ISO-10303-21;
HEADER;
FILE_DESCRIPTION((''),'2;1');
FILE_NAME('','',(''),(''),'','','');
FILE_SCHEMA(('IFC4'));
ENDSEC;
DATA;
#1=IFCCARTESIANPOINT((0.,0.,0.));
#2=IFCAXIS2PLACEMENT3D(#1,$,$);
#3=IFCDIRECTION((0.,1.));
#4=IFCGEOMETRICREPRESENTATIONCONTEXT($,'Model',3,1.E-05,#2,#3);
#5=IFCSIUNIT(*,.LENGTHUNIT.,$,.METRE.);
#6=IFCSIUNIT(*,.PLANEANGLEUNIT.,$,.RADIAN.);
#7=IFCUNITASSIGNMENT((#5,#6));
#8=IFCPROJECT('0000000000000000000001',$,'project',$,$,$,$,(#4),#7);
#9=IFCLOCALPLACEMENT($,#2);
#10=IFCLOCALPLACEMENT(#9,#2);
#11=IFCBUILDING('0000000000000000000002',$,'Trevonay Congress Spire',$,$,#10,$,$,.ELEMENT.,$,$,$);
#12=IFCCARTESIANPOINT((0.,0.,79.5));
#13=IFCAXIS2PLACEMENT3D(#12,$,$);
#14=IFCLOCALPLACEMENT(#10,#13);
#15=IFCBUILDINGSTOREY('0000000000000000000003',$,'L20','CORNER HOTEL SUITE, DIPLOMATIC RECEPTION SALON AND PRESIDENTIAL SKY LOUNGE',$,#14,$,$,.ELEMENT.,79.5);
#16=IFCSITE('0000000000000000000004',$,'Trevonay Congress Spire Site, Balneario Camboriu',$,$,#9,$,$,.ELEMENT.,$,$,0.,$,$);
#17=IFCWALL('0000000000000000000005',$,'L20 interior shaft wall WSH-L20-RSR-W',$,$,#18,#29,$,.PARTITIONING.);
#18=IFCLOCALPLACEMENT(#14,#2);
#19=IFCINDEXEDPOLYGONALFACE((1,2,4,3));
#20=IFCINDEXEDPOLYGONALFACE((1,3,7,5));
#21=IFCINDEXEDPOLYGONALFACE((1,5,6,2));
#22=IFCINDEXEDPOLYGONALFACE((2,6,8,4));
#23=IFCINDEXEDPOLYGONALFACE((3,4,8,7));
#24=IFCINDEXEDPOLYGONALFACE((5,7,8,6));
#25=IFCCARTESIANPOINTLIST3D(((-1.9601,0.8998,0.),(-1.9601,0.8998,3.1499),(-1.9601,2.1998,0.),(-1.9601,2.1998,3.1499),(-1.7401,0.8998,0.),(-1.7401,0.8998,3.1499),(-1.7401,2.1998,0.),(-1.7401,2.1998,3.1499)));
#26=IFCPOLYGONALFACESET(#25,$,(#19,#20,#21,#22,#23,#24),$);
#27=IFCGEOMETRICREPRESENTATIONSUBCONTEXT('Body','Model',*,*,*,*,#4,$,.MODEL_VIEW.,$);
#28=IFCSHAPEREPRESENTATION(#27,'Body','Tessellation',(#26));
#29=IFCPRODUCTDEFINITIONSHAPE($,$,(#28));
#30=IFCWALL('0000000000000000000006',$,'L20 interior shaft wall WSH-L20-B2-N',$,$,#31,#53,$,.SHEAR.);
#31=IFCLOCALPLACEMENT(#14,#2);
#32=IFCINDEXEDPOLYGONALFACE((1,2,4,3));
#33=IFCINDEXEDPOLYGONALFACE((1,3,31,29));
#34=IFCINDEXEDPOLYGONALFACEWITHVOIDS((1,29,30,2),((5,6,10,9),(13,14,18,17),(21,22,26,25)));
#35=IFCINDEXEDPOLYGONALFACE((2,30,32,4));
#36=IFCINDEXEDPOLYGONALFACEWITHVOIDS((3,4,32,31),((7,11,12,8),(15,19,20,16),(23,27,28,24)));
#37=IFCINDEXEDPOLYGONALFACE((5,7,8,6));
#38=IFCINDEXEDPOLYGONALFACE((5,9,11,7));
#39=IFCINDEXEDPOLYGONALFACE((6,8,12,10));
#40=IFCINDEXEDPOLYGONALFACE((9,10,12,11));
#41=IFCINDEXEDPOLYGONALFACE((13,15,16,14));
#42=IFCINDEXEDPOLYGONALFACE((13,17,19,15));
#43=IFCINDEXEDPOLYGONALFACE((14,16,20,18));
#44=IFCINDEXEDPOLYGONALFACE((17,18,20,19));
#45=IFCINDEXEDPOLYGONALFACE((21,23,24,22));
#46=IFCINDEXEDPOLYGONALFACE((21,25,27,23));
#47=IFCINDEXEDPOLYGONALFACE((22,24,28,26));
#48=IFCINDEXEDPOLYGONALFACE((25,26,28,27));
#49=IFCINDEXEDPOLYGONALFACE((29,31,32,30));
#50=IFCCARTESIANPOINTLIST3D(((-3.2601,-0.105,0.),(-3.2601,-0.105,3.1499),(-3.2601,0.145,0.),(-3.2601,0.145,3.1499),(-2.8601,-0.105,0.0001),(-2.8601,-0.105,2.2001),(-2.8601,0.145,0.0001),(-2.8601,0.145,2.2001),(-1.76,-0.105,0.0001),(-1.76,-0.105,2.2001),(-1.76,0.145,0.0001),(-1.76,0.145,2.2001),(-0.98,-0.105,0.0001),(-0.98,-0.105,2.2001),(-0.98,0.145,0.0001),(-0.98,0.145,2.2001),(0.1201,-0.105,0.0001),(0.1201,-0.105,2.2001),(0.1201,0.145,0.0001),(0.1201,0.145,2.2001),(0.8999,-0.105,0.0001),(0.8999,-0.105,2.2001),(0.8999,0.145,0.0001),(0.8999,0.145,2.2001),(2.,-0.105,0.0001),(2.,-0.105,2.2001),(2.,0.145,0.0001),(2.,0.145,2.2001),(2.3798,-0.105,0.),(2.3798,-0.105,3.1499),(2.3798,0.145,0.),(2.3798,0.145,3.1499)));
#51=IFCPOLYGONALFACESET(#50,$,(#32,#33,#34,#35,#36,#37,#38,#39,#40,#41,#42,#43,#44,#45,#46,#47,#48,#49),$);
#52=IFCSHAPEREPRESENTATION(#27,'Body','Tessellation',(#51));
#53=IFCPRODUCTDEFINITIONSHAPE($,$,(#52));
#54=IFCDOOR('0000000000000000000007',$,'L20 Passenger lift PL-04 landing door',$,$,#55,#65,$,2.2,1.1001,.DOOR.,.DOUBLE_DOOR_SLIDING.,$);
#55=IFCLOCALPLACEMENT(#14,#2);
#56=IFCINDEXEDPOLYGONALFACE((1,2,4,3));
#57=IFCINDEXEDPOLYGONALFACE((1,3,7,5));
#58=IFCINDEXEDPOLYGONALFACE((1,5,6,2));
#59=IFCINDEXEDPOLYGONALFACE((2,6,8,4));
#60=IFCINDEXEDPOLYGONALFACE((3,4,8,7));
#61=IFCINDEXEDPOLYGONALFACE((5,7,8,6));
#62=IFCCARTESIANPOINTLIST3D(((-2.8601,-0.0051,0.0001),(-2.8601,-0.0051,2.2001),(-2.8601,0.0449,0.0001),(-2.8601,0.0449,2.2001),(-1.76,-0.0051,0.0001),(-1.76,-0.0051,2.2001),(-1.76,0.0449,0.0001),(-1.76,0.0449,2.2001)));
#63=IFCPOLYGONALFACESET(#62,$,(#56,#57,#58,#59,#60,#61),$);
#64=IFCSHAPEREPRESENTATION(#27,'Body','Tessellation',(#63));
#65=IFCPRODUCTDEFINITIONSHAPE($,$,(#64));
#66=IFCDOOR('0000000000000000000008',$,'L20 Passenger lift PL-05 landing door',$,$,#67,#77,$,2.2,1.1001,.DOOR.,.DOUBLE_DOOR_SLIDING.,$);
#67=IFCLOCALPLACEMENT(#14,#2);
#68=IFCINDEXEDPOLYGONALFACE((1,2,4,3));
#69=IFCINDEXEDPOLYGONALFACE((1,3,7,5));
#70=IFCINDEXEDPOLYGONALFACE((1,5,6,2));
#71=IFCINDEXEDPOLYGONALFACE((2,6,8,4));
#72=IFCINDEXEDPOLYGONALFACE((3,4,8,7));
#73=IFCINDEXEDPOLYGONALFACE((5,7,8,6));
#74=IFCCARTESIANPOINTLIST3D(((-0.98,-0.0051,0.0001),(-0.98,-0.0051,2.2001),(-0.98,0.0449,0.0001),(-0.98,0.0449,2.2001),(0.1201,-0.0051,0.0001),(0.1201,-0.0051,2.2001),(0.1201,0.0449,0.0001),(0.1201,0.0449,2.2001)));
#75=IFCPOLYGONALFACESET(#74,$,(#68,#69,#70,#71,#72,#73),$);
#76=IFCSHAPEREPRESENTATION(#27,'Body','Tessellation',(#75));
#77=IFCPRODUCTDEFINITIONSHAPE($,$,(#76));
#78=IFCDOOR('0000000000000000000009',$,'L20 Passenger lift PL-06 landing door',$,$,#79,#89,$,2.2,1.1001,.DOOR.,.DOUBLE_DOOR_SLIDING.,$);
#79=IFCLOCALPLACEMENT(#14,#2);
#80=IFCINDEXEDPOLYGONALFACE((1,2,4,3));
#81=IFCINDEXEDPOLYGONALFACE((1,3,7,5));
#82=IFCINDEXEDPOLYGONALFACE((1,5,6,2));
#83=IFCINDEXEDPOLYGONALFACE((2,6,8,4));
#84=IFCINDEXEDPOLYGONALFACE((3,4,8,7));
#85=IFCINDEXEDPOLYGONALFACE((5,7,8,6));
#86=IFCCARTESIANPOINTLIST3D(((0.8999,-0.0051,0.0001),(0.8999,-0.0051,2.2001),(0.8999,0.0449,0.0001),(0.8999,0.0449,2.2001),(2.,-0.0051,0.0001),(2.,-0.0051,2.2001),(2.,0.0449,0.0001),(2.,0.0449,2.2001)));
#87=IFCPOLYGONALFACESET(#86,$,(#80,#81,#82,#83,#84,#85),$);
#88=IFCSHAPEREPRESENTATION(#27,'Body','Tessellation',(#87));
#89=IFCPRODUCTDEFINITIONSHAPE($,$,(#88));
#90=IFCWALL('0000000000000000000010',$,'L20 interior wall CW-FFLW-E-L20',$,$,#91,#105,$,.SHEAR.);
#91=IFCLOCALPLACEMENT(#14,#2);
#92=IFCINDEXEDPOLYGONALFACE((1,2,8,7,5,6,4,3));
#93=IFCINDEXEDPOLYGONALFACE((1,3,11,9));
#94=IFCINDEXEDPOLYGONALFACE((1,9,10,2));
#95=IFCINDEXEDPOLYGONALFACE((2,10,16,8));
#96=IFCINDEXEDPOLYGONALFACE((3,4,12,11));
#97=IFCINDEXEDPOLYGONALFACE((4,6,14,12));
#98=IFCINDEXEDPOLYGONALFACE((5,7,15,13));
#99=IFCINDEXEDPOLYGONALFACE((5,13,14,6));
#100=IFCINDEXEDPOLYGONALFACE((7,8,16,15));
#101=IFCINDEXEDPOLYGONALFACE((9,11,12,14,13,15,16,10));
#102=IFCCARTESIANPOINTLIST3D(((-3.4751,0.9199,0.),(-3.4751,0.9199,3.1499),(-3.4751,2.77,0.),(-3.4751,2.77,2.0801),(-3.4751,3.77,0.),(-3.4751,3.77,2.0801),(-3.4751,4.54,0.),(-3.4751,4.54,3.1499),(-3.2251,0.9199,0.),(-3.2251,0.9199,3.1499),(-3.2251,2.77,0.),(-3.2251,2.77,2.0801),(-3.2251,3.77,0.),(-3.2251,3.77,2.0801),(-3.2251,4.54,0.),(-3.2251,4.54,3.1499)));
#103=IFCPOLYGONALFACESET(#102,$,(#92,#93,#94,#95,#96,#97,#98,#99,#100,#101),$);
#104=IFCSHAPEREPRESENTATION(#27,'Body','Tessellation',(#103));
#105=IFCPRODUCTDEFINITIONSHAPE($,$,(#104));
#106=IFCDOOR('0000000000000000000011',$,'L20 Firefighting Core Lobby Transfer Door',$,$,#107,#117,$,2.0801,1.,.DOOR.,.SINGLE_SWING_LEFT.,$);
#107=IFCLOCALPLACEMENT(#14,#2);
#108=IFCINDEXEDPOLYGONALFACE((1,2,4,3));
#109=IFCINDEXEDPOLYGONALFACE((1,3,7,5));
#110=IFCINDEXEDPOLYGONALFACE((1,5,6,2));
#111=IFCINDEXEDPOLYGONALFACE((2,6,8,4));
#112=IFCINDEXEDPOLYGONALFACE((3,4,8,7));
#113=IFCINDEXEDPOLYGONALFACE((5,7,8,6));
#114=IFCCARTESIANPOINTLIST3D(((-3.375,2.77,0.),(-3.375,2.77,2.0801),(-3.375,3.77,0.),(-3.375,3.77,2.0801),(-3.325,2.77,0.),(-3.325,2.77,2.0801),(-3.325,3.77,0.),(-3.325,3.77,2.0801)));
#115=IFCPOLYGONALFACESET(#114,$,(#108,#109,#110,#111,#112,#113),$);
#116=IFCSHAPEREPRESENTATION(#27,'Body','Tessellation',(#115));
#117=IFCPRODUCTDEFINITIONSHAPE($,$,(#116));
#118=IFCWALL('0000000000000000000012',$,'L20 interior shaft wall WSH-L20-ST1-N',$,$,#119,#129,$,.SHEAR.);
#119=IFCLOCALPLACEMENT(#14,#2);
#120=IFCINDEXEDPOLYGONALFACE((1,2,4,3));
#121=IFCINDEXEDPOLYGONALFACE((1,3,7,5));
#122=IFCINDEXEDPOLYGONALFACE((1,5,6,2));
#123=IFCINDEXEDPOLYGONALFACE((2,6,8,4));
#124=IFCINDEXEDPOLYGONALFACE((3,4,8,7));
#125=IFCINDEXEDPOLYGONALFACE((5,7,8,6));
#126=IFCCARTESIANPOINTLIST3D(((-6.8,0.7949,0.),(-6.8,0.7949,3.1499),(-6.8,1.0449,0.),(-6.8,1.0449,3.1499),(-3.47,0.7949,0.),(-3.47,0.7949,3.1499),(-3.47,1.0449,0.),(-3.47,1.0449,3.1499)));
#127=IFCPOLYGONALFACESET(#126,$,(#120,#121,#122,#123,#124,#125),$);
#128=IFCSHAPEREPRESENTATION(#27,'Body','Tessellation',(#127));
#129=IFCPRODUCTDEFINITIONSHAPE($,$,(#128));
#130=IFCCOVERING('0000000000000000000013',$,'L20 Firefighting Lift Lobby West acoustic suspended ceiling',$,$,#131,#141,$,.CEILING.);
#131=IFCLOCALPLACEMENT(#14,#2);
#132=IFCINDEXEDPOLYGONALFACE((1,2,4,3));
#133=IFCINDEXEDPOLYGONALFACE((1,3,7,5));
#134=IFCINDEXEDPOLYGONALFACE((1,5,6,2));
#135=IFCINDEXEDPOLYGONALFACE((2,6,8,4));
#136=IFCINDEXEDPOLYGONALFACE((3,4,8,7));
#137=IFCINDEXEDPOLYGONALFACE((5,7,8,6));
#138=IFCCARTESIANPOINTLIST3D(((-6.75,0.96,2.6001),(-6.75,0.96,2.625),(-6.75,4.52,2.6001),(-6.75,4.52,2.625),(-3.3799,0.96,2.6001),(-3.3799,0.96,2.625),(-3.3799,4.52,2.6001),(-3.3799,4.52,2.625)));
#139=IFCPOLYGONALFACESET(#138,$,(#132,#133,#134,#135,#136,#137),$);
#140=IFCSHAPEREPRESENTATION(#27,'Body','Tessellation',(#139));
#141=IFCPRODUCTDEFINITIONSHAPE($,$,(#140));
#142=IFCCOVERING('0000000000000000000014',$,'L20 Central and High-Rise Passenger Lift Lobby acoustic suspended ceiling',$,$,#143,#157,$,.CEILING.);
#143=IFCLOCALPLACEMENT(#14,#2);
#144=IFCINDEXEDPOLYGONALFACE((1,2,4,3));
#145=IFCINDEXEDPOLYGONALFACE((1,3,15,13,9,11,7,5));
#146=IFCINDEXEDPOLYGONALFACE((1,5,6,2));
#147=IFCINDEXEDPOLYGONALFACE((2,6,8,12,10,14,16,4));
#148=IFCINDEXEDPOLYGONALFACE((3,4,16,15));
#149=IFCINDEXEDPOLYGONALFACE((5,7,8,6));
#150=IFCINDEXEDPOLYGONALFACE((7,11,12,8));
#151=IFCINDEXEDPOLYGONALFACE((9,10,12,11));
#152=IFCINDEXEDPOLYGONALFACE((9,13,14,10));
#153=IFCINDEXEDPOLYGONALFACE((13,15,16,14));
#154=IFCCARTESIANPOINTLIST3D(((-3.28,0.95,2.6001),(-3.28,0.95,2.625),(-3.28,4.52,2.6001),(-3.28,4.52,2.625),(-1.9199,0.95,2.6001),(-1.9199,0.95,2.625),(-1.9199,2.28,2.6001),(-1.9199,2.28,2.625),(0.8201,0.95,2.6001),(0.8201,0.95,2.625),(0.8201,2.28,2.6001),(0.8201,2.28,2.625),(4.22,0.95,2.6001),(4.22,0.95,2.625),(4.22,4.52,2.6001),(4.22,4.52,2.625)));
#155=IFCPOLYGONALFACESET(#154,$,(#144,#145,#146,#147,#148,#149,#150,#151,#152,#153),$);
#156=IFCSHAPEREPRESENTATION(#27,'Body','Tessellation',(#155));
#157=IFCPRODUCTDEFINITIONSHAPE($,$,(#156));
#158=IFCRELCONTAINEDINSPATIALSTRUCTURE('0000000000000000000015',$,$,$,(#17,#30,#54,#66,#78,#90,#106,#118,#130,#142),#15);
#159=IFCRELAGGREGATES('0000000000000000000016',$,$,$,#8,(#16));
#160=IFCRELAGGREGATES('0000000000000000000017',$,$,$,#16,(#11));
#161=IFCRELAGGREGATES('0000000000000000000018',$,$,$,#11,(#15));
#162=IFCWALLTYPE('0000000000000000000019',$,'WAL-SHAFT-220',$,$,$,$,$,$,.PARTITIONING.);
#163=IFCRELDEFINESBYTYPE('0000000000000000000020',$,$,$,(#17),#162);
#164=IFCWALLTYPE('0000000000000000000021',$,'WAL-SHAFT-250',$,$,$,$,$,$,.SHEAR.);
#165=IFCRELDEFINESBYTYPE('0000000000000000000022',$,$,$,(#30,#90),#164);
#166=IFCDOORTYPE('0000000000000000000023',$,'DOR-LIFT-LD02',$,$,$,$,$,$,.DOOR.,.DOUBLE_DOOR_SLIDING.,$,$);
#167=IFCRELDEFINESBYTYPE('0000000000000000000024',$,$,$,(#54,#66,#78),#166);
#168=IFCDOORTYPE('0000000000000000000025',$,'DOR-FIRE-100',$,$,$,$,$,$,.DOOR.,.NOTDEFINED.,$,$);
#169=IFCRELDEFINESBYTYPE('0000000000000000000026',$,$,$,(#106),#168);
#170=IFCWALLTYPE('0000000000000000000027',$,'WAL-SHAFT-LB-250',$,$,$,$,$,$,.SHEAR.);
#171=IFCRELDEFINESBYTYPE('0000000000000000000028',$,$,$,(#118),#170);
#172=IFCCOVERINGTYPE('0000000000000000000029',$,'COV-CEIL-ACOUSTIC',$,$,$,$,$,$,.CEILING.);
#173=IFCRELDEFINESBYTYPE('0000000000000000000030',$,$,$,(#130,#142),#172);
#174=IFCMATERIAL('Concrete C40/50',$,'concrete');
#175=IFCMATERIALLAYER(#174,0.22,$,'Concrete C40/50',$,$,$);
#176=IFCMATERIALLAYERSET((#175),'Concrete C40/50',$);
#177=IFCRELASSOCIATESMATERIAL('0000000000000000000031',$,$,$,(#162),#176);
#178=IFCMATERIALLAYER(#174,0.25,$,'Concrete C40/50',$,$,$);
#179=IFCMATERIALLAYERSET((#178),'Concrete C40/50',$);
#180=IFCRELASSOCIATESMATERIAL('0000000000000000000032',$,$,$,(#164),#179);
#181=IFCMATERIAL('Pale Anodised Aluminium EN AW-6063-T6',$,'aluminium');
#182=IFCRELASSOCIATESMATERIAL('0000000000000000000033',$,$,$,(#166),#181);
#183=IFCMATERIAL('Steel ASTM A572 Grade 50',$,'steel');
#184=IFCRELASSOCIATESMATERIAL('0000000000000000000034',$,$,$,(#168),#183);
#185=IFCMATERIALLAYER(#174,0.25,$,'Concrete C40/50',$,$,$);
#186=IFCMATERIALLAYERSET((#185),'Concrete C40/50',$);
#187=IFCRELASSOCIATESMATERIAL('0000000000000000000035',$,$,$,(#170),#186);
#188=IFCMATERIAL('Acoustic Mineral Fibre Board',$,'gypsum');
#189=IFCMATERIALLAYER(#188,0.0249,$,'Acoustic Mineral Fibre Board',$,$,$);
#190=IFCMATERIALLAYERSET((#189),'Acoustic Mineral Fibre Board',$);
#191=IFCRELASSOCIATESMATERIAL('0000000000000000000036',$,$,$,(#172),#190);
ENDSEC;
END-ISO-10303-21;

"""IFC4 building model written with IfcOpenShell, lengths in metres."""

from ifc_helpers import new_model, si_unit, direction, frame, frame_2d, origin, place, context, subcontext, project, spatial, polyline, rectangle, outline, extrude, material, layer, layer_set, type_object, element, fill, save


model = new_model("IFC4")

# Units and contexts
model_context = context("Model", 3, precision=1e-05, world=origin(), true_north=direction((0.0, 1.0)))
body_context = subcontext(model_context, "Body", "Model", "MODEL_VIEW")
ifc_project = project(units=[si_unit("LENGTHUNIT", "METRE"), si_unit("PLANEANGLEUNIT", "RADIAN")], contexts=[model_context])

# Site, building, storey
site_placement = place(None, origin())
site = spatial("IfcSite", under=ifc_project, at=site_placement, Name="Trevonay Congress Spire Site, Balneario Camboriu", CompositionType="ELEMENT", RefElevation=0.0)
building_placement = place(site_placement, origin())
building = spatial("IfcBuilding", under=site, at=building_placement, Name="Trevonay Congress Spire", CompositionType="ELEMENT")
storey_placement = place(building_placement, frame((0.0, 0.0, 79.5)))
storey = spatial("IfcBuildingStorey", under=building, at=storey_placement, Name="L20", Description="CORNER HOTEL SUITE, DIPLOMATIC RECEPTION SALON AND PRESIDENTIAL SKY LOUNGE", CompositionType="ELEMENT", Elevation=79.5)

# Shared definitions
ifc_material_1 = material(Name="Steel ASTM A572 Grade 50", Category="steel")

# Shared definitions
ifc_material_2 = material(Name="Concrete C40/50", Category="concrete")

# Wall
ifc_layer_1 = layer(ifc_material_2, 0.22, Name="Concrete C40/50")
ifc_layer_set_1 = layer_set([ifc_layer_1], Name="Concrete C40/50")
wall_type_1 = type_object("IfcWallType", Name="WAL-SHAFT-220", PredefinedType="PARTITIONING", material=ifc_layer_set_1)
for number, where, z_axis, x_axis, name in (
    (1, (-1.8501, 0.8999, 0.0), (0.0, 0.0, 1.0), (0.0, 1.0, 0.0), "L20 interior shaft wall WSH-L20-RSR-W"),
):
    element("IfcWall", number, at=place(storey_placement, frame(where, z_axis=z_axis, x_axis=x_axis)), inside=storey, type_object=wall_type_1, Name=name, PredefinedType="PARTITIONING", context=body_context, shape_type="SweptSolid", body=[
        extrude(rectangle(XDim=1.3, YDim=0.22, at=frame_2d((0.6499, 0.0))), origin(), (0.0, 0.0, 1.0), 3.1499),
    ])

# Wall, openings, doors
ifc_layer_2 = layer(ifc_material_2, 0.25, Name="Concrete C40/50")
ifc_layer_set_2 = layer_set([ifc_layer_2], Name="Concrete C40/50")
wall_type_2 = type_object("IfcWallType", Name="WAL-SHAFT-250", PredefinedType="SHEAR", material=ifc_layer_set_2)
wall_1_placement = place(storey_placement, frame((-3.26, 0.02, 0.0), z_axis=(0.0, 0.0, 1.0), x_axis=(1.0, 0.0, 0.0)))
wall_1 = element("IfcWall", 2, at=wall_1_placement, inside=storey, type_object=wall_type_2, Name="L20 interior shaft wall WSH-L20-B2-N", PredefinedType="SHEAR", context=body_context, shape_type="SweptSolid", body=[
    extrude(rectangle(XDim=5.6399, YDim=0.25, at=frame_2d((2.8198, 0.0))), origin(), (0.0, 0.0, 1.0), 3.1499),
])
opening_1_placement = place(wall_1_placement, frame((0.3999, 0.0, 0.0)))
opening_1 = element("IfcOpeningElement", 3, at=opening_1_placement, cuts=wall_1, PredefinedType="OPENING", context=body_context, shape_type="SweptSolid", body=[
    extrude(rectangle(XDim=1.1001, YDim=2.2, at=frame_2d((0.55, 1.1001))), frame((0.0, 0.135, 0.0), z_axis=(0.0, -1.0, 0.0), x_axis=(1.0, 0.0, 0.0)), (0.0, 0.0, 1.0), 0.27),
])
opening_2_placement = place(wall_1_placement, frame((2.28, 0.0, 0.0)))
opening_2 = element("IfcOpeningElement", 4, at=opening_2_placement, cuts=wall_1, PredefinedType="OPENING", context=body_context, shape_type="SweptSolid", body=[
    extrude(rectangle(XDim=1.1001, YDim=2.2, at=frame_2d((0.55, 1.1001))), frame((0.0, 0.135, 0.0), z_axis=(0.0, -1.0, 0.0), x_axis=(1.0, 0.0, 0.0)), (0.0, 0.0, 1.0), 0.27),
])
opening_3_placement = place(wall_1_placement, frame((4.1599, 0.0, 0.0)))
opening_3 = element("IfcOpeningElement", 5, at=opening_3_placement, cuts=wall_1, PredefinedType="OPENING", context=body_context, shape_type="SweptSolid", body=[
    extrude(rectangle(XDim=1.1001, YDim=2.2, at=frame_2d((0.55, 1.1001))), frame((0.0, 0.135, 0.0), z_axis=(0.0, -1.0, 0.0), x_axis=(1.0, 0.0, 0.0)), (0.0, 0.0, 1.0), 0.27),
])
ifc_material_3 = material(Name="Pale Anodised Aluminium EN AW-6063-T6", Category="aluminium")
door_type_1 = type_object("IfcDoorType", Name="DOR-LIFT-LD02", OperationType="DOUBLE_DOOR_SLIDING", PredefinedType="DOOR", material=ifc_material_3)
door_1_placement = place(opening_1_placement, origin())
door_1 = element("IfcDoor", 6, at=door_1_placement, inside=storey, type_object=door_type_1, Name="L20 Passenger lift PL-04 landing door", OperationType="DOUBLE_DOOR_SLIDING", OverallHeight=2.2, OverallWidth=1.1001, PredefinedType="DOOR", context=body_context, shape_type="SweptSolid", body=[
    extrude(rectangle(XDim=1.1001, YDim=2.2, at=frame_2d((0.55, 1.1001))), frame((0.0, 0.0249, 0.0), z_axis=(0.0, -1.0, 0.0), x_axis=(1.0, 0.0, 0.0)), (0.0, 0.0, 1.0), 0.05),
])
fill(opening_1, door_1)
door_2_placement = place(opening_2_placement, origin())
door_2 = element("IfcDoor", 7, at=door_2_placement, inside=storey, type_object=door_type_1, Name="L20 Passenger lift PL-05 landing door", OperationType="DOUBLE_DOOR_SLIDING", OverallHeight=2.2, OverallWidth=1.1001, PredefinedType="DOOR", context=body_context, shape_type="SweptSolid", body=[
    extrude(rectangle(XDim=1.1001, YDim=2.2, at=frame_2d((0.55, 1.1001))), frame((0.0, 0.0249, 0.0), z_axis=(0.0, -1.0, 0.0), x_axis=(1.0, 0.0, 0.0)), (0.0, 0.0, 1.0), 0.05),
])
fill(opening_2, door_2)
door_3_placement = place(opening_3_placement, origin())
door_3 = element("IfcDoor", 8, at=door_3_placement, inside=storey, type_object=door_type_1, Name="L20 Passenger lift PL-06 landing door", OperationType="DOUBLE_DOOR_SLIDING", OverallHeight=2.2, OverallWidth=1.1001, PredefinedType="DOOR", context=body_context, shape_type="SweptSolid", body=[
    extrude(rectangle(XDim=1.1001, YDim=2.2, at=frame_2d((0.55, 1.1001))), frame((0.0, 0.0249, 0.0), z_axis=(0.0, -1.0, 0.0), x_axis=(1.0, 0.0, 0.0)), (0.0, 0.0, 1.0), 0.05),
])
fill(opening_3, door_3)

# Wall, opening, door
wall_2_placement = place(storey_placement, frame((-3.3501, 0.9199, 0.0), z_axis=(0.0, 0.0, 1.0), x_axis=(0.0, 1.0, 0.0)))
wall_2 = element("IfcWall", 9, at=wall_2_placement, inside=storey, type_object=wall_type_2, Name="L20 interior wall CW-FFLW-E-L20", PredefinedType="SHEAR", context=body_context, shape_type="SweptSolid", body=[
    extrude(rectangle(XDim=3.6201, YDim=0.25, at=frame_2d((1.8101, 0.0))), origin(), (0.0, 0.0, 1.0), 3.1499),
])
opening_4_placement = place(wall_2_placement, frame((1.8501, 0.0, 0.0)))
opening_4 = element("IfcOpeningElement", 10, at=opening_4_placement, cuts=wall_2, PredefinedType="OPENING", context=body_context, shape_type="SweptSolid", body=[
    extrude(rectangle(XDim=1.0, YDim=2.0801, at=frame_2d((0.5, 1.04))), frame((0.0, 0.135, 0.0), z_axis=(0.0, -1.0, 0.0), x_axis=(1.0, 0.0, 0.0)), (0.0, 0.0, 1.0), 0.27),
])
door_type_2 = type_object("IfcDoorType", Name="DOR-FIRE-100", OperationType="NOTDEFINED", PredefinedType="DOOR", material=ifc_material_1)
door_4_placement = place(opening_4_placement, origin())
door_4 = element("IfcDoor", 11, at=door_4_placement, inside=storey, type_object=door_type_2, Name="L20 Firefighting Core Lobby Transfer Door", OperationType="SINGLE_SWING_LEFT", OverallHeight=2.0801, OverallWidth=1.0, PredefinedType="DOOR", context=body_context, shape_type="SweptSolid", body=[
    extrude(rectangle(XDim=1.0, YDim=2.0801, at=frame_2d((0.5, 1.04))), frame((0.0, 0.0249, 0.0), z_axis=(0.0, -1.0, 0.0), x_axis=(1.0, 0.0, 0.0)), (0.0, 0.0, 1.0), 0.05),
])
fill(opening_4, door_4)

# Wall
ifc_layer_3 = layer(ifc_material_2, 0.25, Name="Concrete C40/50")
ifc_layer_set_3 = layer_set([ifc_layer_3], Name="Concrete C40/50")
wall_type_3 = type_object("IfcWallType", Name="WAL-SHAFT-LB-250", PredefinedType="SHEAR", material=ifc_layer_set_3)
wall_3_placement = place(storey_placement, frame((-6.8, 0.9199, 0.0), z_axis=(0.0, 0.0, 1.0), x_axis=(1.0, 0.0, 0.0)))
element("IfcWall", 12, at=wall_3_placement, inside=storey, type_object=wall_type_3, Name="L20 interior shaft wall WSH-L20-ST1-N", PredefinedType="SHEAR", context=body_context, shape_type="SweptSolid", body=[
    extrude(rectangle(XDim=3.3301, YDim=0.25, at=frame_2d((1.665, 0.0))), origin(), (0.0, 0.0, 1.0), 3.1499),
])

# Coverings
ifc_material_4 = material(Name="Acoustic Mineral Fibre Board", Category="gypsum")
ifc_layer_4 = layer(ifc_material_4, 0.0249, Name="Acoustic Mineral Fibre Board")
ifc_layer_set_4 = layer_set([ifc_layer_4], Name="Acoustic Mineral Fibre Board")
covering_type_1 = type_object("IfcCoveringType", Name="COV-CEIL-ACOUSTIC", PredefinedType="CEILING", material=ifc_layer_set_4)
covering_1_placement = place(storey_placement, frame((0.0, 0.0, 2.6001)))
element("IfcCovering", 13, at=covering_1_placement, inside=storey, type_object=covering_type_1, Name="L20 Firefighting Lift Lobby West acoustic suspended ceiling", PredefinedType="CEILING", context=body_context, shape_type="SweptSolid", body=[
    extrude(outline(polyline([(-6.75, 0.96), (-3.3799, 0.96), (-3.3799, 4.52), (-6.75, 4.52), (-6.75, 0.96)])), origin(), (0.0, 0.0, 1.0), 0.0249),
])
covering_2_placement = place(storey_placement, frame((0.0, 0.0, 2.6001)))
element("IfcCovering", 14, at=covering_2_placement, inside=storey, type_object=covering_type_1, Name="L20 Central and High-Rise Passenger Lift Lobby acoustic suspended ceiling", PredefinedType="CEILING", context=body_context, shape_type="SweptSolid", body=[
    extrude(outline(polyline([(-3.28, 0.95), (-1.9199, 0.95), (-1.9199, 2.28), (0.8201, 2.28), (0.8201, 0.95), (4.22, 0.95), (4.22, 4.52), (-3.28, 4.52), (-3.28, 0.95)])), origin(), (0.0, 0.0, 1.0), 0.0249),
])

save(model, "model.ifc")
